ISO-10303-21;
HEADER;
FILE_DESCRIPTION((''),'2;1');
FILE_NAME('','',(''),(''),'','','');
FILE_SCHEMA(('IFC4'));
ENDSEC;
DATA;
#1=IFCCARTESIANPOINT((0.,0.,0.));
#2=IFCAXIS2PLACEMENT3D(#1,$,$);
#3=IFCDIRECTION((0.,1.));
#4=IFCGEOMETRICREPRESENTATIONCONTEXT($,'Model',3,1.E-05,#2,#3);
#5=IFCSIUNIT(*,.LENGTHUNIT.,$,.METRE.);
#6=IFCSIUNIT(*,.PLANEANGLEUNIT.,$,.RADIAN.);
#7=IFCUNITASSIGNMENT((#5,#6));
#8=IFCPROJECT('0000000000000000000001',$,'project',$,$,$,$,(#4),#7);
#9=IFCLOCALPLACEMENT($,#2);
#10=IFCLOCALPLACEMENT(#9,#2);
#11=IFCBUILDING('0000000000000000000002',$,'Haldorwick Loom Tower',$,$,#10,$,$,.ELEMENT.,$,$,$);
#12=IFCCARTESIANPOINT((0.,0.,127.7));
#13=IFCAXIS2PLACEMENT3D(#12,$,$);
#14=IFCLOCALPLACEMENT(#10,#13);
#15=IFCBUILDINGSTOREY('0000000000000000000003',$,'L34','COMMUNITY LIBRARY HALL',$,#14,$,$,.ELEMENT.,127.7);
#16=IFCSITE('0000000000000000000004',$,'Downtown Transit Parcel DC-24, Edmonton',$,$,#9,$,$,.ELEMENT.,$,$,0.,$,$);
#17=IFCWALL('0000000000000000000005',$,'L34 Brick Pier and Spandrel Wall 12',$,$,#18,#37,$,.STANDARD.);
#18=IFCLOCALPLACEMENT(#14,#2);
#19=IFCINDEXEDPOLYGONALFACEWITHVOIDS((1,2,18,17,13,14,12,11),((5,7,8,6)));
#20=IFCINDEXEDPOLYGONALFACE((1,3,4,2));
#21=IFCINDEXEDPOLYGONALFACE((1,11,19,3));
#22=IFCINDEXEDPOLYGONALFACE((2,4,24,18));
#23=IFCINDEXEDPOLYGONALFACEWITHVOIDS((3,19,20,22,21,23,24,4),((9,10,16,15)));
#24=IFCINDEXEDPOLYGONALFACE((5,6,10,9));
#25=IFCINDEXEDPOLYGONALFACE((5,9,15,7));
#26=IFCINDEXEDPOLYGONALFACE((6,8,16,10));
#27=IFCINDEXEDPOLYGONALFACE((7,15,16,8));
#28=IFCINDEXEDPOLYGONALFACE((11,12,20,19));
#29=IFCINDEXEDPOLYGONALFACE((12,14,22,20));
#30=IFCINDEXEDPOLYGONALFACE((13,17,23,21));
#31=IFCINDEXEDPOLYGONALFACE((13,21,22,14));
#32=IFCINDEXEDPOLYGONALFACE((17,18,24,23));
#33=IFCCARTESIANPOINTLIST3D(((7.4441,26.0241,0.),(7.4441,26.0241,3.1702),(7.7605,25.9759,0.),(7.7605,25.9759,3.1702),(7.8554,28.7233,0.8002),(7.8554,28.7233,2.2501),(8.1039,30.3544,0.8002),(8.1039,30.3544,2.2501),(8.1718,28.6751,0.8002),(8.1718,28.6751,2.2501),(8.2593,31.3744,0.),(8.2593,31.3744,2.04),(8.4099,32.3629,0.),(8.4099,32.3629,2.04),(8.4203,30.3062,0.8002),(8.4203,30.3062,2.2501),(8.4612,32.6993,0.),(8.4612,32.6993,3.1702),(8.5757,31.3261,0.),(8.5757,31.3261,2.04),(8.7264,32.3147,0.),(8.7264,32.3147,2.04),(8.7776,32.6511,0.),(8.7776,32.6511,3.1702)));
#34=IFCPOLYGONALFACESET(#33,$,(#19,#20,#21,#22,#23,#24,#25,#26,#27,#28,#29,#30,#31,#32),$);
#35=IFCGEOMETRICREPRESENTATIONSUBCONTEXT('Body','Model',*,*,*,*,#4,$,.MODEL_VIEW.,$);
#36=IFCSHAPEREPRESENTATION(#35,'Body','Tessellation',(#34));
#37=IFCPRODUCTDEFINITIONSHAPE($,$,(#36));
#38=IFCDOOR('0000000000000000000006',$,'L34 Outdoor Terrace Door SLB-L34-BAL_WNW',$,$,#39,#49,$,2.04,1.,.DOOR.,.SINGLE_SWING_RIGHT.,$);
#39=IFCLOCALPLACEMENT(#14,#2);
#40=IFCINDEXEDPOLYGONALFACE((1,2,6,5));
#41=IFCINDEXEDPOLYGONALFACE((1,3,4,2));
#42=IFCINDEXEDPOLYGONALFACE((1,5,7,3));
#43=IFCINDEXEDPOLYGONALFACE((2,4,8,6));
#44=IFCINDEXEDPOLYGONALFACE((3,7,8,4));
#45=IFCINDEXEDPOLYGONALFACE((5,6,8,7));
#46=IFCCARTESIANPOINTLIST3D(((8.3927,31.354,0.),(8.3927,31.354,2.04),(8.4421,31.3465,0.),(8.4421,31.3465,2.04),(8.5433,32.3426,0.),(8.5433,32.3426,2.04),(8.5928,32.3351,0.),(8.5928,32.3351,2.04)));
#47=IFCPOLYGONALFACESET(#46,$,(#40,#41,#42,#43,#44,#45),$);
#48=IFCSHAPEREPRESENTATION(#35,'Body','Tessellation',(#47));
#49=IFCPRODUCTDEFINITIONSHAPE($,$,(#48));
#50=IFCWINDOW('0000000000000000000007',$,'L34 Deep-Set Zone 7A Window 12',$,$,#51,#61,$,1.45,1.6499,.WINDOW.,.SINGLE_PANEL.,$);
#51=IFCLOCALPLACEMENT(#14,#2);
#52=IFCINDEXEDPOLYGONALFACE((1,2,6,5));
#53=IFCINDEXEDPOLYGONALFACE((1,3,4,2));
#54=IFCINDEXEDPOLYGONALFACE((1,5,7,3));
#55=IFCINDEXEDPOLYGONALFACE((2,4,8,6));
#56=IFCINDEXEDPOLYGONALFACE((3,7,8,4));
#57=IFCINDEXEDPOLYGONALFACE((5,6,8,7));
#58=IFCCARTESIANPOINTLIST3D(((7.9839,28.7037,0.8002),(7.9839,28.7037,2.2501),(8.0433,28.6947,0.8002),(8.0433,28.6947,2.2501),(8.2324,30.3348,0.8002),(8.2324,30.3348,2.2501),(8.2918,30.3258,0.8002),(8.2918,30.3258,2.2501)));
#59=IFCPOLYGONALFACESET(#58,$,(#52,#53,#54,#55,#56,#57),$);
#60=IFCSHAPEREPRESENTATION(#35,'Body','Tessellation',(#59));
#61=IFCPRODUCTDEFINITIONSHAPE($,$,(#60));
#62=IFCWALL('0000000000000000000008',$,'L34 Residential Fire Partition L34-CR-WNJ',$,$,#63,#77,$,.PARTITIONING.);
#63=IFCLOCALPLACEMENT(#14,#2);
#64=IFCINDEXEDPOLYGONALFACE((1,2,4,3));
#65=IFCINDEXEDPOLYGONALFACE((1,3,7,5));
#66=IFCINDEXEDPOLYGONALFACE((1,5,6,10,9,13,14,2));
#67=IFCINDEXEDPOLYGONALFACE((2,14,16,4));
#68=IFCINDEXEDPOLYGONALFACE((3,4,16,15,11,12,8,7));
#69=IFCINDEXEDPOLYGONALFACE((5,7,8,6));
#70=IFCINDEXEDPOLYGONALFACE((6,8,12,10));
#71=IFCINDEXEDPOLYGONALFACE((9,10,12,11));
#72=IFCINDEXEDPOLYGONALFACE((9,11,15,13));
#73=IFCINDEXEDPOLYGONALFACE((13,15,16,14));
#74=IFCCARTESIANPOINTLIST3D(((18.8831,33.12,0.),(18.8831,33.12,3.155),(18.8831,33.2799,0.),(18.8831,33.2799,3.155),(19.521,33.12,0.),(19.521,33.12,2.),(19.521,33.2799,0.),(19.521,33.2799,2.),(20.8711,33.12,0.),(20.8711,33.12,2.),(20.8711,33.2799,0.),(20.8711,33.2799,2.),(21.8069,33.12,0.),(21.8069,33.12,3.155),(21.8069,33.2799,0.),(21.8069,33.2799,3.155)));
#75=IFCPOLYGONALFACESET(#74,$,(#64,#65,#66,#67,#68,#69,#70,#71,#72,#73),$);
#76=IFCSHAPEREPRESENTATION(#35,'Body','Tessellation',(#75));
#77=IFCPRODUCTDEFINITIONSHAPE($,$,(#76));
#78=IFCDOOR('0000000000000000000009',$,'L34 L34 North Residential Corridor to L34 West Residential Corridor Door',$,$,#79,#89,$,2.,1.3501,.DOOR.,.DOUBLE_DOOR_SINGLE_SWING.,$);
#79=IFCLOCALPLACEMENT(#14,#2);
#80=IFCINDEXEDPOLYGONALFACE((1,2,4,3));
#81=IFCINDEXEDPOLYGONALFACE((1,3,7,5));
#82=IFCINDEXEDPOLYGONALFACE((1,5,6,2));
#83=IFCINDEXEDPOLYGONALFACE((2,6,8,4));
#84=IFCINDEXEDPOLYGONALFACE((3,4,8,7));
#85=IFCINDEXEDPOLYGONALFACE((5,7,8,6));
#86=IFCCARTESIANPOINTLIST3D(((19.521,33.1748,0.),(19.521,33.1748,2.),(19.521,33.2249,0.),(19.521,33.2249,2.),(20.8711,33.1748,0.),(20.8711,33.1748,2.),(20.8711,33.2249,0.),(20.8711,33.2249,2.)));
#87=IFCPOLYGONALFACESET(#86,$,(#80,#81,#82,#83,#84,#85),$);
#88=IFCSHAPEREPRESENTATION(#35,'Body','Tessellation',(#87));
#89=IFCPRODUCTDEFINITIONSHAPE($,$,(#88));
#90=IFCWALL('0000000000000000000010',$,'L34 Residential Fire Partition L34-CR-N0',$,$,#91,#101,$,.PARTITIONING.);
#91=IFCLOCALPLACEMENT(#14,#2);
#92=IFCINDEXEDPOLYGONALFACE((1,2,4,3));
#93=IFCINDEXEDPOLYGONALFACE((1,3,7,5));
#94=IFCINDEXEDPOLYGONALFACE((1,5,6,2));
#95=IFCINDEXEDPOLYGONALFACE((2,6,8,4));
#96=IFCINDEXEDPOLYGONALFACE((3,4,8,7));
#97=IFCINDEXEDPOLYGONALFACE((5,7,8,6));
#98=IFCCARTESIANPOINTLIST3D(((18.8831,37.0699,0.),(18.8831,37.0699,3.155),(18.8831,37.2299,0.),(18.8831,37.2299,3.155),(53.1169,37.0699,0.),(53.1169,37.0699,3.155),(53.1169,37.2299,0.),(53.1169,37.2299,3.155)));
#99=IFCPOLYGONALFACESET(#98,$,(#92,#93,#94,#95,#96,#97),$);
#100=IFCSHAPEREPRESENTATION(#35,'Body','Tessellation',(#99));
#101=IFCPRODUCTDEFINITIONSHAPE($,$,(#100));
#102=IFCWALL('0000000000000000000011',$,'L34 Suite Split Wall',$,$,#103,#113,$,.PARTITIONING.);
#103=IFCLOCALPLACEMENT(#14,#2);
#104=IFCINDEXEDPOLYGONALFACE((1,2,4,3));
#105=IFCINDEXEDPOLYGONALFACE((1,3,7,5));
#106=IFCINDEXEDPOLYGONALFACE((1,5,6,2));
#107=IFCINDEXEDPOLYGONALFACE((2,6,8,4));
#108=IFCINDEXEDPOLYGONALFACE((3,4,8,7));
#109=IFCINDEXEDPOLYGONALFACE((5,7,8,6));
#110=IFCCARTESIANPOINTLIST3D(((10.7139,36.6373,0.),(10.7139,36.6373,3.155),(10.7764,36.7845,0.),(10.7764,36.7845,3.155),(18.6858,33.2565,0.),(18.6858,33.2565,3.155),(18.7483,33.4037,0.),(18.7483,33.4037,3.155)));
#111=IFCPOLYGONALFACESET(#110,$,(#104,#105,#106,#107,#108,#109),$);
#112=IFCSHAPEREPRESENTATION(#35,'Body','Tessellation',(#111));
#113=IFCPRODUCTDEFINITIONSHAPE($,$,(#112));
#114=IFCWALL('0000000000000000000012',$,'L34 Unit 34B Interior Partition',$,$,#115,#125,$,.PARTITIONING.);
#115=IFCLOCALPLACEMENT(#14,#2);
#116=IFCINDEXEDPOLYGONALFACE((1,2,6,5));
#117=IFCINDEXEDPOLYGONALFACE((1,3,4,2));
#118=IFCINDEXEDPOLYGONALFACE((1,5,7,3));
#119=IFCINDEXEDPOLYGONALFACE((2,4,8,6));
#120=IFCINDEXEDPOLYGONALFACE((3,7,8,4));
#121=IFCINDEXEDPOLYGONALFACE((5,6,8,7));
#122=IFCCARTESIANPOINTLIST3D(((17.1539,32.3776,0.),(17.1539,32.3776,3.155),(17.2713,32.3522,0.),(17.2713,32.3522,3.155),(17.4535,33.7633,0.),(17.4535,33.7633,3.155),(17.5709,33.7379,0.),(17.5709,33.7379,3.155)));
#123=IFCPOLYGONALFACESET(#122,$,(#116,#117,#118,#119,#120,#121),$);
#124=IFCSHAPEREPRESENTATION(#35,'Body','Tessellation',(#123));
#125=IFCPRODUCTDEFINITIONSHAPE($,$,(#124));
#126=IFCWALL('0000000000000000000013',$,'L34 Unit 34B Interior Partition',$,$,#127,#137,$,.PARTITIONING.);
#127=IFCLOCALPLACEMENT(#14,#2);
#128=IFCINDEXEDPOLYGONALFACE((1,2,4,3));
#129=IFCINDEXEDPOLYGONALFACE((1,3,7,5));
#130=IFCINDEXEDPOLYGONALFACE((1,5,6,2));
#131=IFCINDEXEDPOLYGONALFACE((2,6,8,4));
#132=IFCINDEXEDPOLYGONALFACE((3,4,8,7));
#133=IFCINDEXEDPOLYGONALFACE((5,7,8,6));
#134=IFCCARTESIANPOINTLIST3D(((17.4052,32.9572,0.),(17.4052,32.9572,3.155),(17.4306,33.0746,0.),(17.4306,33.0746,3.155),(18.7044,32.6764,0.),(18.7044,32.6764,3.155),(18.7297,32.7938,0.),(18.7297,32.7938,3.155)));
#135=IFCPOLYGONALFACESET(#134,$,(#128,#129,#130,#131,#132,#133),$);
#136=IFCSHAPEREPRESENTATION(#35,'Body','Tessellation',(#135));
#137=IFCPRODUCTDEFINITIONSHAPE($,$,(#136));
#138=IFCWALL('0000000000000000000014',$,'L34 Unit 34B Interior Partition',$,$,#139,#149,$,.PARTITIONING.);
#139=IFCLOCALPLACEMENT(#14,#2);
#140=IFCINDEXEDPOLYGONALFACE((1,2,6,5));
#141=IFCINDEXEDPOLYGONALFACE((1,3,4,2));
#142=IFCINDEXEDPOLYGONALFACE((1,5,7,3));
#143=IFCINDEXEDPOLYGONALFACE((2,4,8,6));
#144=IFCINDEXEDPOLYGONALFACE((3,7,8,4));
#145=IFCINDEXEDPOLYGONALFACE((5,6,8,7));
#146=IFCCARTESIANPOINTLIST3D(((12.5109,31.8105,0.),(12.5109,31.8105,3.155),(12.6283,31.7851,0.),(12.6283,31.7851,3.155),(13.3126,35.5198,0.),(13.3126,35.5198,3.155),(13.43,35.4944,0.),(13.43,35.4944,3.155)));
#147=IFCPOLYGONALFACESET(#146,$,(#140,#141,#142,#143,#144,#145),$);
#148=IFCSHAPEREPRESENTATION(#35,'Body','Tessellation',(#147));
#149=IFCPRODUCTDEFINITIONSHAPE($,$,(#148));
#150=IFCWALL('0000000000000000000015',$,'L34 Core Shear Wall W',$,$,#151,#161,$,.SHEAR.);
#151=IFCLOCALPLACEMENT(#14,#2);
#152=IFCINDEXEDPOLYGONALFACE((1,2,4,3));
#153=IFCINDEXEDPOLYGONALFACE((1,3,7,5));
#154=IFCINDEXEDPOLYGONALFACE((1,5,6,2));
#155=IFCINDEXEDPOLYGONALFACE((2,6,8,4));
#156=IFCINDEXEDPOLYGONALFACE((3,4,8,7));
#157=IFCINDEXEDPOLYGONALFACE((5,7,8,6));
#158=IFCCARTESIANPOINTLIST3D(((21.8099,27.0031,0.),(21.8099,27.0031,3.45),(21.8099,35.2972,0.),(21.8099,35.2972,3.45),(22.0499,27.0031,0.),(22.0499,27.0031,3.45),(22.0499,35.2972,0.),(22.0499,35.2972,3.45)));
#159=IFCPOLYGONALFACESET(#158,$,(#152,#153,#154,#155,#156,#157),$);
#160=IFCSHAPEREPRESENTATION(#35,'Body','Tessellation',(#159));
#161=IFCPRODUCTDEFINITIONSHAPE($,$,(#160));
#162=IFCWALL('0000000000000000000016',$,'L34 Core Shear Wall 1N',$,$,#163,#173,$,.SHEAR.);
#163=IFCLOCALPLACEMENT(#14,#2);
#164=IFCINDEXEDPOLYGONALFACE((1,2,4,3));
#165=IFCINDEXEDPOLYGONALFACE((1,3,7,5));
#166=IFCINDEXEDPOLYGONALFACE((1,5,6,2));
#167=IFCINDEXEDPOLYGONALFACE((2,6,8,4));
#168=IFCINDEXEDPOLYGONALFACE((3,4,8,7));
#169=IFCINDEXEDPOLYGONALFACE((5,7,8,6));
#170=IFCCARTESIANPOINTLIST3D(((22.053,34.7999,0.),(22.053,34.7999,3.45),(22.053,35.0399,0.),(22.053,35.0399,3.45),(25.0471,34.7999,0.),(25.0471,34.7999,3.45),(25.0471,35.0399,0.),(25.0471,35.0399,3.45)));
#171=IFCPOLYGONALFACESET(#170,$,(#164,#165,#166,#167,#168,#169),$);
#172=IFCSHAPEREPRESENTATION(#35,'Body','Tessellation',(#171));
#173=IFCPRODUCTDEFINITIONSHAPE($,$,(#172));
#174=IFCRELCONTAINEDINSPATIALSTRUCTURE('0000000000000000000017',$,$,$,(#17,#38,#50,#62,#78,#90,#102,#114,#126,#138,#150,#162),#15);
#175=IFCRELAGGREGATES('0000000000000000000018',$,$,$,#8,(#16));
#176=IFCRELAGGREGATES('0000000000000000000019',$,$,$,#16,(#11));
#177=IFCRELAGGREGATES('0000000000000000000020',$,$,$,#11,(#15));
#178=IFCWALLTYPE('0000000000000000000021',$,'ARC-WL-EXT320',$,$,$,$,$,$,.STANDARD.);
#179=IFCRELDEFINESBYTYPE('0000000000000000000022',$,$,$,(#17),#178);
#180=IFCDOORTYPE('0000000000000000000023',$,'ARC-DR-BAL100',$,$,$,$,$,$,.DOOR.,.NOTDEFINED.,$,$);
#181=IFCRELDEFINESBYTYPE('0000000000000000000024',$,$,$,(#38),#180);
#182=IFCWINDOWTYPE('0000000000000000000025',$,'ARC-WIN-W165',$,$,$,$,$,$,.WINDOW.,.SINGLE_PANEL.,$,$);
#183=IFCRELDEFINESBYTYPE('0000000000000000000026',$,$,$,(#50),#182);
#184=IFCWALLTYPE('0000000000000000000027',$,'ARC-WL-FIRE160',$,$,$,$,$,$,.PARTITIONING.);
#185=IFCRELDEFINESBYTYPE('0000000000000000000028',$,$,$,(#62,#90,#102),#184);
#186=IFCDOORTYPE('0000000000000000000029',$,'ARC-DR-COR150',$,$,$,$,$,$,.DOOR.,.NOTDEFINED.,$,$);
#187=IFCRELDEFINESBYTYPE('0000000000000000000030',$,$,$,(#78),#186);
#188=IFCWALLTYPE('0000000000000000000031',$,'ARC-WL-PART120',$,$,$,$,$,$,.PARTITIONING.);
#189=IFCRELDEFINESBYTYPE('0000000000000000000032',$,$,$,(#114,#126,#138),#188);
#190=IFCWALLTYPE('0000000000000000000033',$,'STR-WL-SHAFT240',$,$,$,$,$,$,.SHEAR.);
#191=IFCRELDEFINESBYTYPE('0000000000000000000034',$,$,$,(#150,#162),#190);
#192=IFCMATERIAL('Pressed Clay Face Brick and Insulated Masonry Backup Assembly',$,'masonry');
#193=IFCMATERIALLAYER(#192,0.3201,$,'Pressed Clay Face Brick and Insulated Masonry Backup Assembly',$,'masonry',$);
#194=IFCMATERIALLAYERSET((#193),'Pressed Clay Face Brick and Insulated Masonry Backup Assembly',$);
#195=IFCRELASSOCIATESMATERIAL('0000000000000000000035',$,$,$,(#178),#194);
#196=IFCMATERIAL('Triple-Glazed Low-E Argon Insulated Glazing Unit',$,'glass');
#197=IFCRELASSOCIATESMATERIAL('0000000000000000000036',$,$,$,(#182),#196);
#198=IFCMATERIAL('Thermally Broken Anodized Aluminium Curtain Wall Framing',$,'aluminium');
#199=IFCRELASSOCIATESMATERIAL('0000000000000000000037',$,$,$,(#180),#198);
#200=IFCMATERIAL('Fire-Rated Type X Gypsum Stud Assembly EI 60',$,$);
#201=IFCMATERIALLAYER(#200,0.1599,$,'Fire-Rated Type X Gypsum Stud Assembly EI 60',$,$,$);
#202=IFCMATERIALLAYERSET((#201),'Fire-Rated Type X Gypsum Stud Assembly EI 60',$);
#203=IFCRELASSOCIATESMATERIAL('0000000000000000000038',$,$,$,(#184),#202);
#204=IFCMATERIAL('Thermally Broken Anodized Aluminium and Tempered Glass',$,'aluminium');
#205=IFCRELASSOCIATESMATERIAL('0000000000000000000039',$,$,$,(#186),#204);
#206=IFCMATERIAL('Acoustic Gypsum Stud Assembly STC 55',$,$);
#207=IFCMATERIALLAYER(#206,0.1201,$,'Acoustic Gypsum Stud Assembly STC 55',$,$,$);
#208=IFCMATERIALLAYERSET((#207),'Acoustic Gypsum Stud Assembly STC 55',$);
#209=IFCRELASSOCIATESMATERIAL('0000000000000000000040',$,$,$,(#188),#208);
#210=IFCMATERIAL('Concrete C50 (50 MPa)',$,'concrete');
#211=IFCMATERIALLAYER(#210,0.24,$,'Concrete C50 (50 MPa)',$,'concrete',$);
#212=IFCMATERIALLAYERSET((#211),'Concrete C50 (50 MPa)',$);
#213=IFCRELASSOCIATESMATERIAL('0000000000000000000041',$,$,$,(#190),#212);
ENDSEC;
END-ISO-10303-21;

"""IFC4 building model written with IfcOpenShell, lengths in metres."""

from ifc_helpers import new_model, si_unit, direction, frame, frame_2d, origin, place, context, subcontext, project, spatial, rectangle, extrude, material, layer, layer_set, type_object, element, fill, save


model = new_model("IFC4")

# Units and contexts
model_context = context("Model", 3, precision=1e-05, world=origin(), true_north=direction((0.0, 1.0)))
body_context = subcontext(model_context, "Body", "Model", "MODEL_VIEW")
ifc_project = project(units=[si_unit("LENGTHUNIT", "METRE"), si_unit("PLANEANGLEUNIT", "RADIAN")], contexts=[model_context])

# Site, building, storey
site_placement = place(None, origin())
site = spatial("IfcSite", under=ifc_project, at=site_placement, Name="Downtown Transit Parcel DC-24, Edmonton", CompositionType="ELEMENT", RefElevation=0.0)
building_placement = place(site_placement, origin())
building = spatial("IfcBuilding", under=site, at=building_placement, Name="Haldorwick Loom Tower", CompositionType="ELEMENT")
storey_placement = place(building_placement, frame((0.0, 0.0, 127.7)))
storey = spatial("IfcBuildingStorey", under=building, at=storey_placement, Name="L34", Description="COMMUNITY LIBRARY HALL", CompositionType="ELEMENT", Elevation=127.7)

# Shared definitions
ifc_material_1 = material(Name="Pressed Clay Face Brick and Insulated Masonry Backup Assembly", Category="masonry")
ifc_layer_1 = layer(ifc_material_1, 0.3201, Name="Pressed Clay Face Brick and Insulated Masonry Backup Assembly", Category="masonry")
ifc_layer_set_1 = layer_set([ifc_layer_1], Name="Pressed Clay Face Brick and Insulated Masonry Backup Assembly")
wall_type_1 = type_object("IfcWallType", Name="ARC-WL-EXT320", PredefinedType="STANDARD", material=ifc_layer_set_1)
ifc_material_2 = material(Name="Triple-Glazed Low-E Argon Insulated Glazing Unit", Category="glass")
window_type = type_object("IfcWindowType", Name="ARC-WIN-W165", PartitioningType="SINGLE_PANEL", PredefinedType="WINDOW", material=ifc_material_2)

# Wall, openings, door, window
wall_1_placement = place(storey_placement, frame((8.6194, 32.675, 0.0), z_axis=(0.0, 0.0, 1.0), x_axis=(-0.150633, -0.98859, 0.0)))
wall_1 = element("IfcWall", 1, at=wall_1_placement, inside=storey, type_object=wall_type_1, Name="L34 Brick Pier and Spandrel Wall 12", PredefinedType="STANDARD", context=body_context, shape_type="SweptSolid", body=[
    extrude(rectangle(XDim=6.7522, YDim=0.3201, at=frame_2d((3.376, 0.0))), origin(), (0.0, 0.0, 1.0), 3.1702),
])
opening_1_placement = place(wall_1_placement, frame((0.3401, 0.0, 0.0)))
opening_1 = element("IfcOpeningElement", 2, at=opening_1_placement, cuts=wall_1, PredefinedType="OPENING", context=body_context, shape_type="SweptSolid", body=[
    extrude(rectangle(XDim=1.0, YDim=2.04, at=frame_2d((0.5, 1.02))), frame((0.0, 0.1699, 0.0), z_axis=(0.0, -1.0, 0.0), x_axis=(1.0, 0.0, 0.0)), (0.0, 0.0, 1.0), 0.3401),
])
opening_2_placement = place(wall_1_placement, frame((2.3718, 0.0, 0.8)))
opening_2 = element("IfcOpeningElement", 3, at=opening_2_placement, cuts=wall_1, PredefinedType="OPENING", context=body_context, shape_type="SweptSolid", body=[
    extrude(rectangle(XDim=1.6499, YDim=1.45, at=frame_2d((0.825, 0.7251))), frame((0.0, 0.1699, 0.0), z_axis=(0.0, -1.0, 0.0), x_axis=(1.0, 0.0, 0.0)), (0.0, 0.0, 1.0), 0.3401),
])
ifc_material_3 = material(Name="Thermally Broken Anodized Aluminium Curtain Wall Framing", Category="aluminium")
door_type_1 = type_object("IfcDoorType", Name="ARC-DR-BAL100", OperationType="NOTDEFINED", PredefinedType="DOOR", material=ifc_material_3)
door_1_placement = place(opening_1_placement, origin())
door_1 = element("IfcDoor", 4, at=door_1_placement, inside=storey, type_object=door_type_1, Name="L34 Outdoor Terrace Door SLB-L34-BAL_WNW", OperationType="SINGLE_SWING_RIGHT", OverallHeight=2.04, OverallWidth=1.0, PredefinedType="DOOR", context=body_context, shape_type="SweptSolid", body=[
    extrude(rectangle(XDim=1.0, YDim=2.04, at=frame_2d((0.5, 1.02))), frame((0.0, 0.0249, 0.0), z_axis=(0.0, -1.0, 0.0), x_axis=(1.0, 0.0, 0.0)), (0.0, 0.0, 1.0), 0.05),
])
fill(opening_1, door_1)
window_1_placement = place(opening_2_placement, origin())
window_1 = element("IfcWindow", 5, at=window_1_placement, inside=storey, type_object=window_type, Name="L34 Deep-Set Zone 7A Window 12", OverallHeight=1.45, OverallWidth=1.6499, PartitioningType="SINGLE_PANEL", PredefinedType="WINDOW", context=body_context, shape_type="SweptSolid", body=[
    extrude(rectangle(XDim=1.6499, YDim=1.45, at=frame_2d((0.825, 0.7251))), frame((0.0, 0.03, 0.0), z_axis=(0.0, -1.0, 0.0), x_axis=(1.0, 0.0, 0.0)), (0.0, 0.0, 1.0), 0.0601),
])
fill(opening_2, window_1)

# Wall, opening, door
ifc_material_4 = material(Name="Fire-Rated Type X Gypsum Stud Assembly EI 60")
ifc_layer_2 = layer(ifc_material_4, 0.1599, Name="Fire-Rated Type X Gypsum Stud Assembly EI 60")
ifc_layer_set_2 = layer_set([ifc_layer_2], Name="Fire-Rated Type X Gypsum Stud Assembly EI 60")
wall_type_2 = type_object("IfcWallType", Name="ARC-WL-FIRE160", PredefinedType="PARTITIONING", material=ifc_layer_set_2)
wall_2_placement = place(storey_placement, frame((18.8831, 33.2, 0.0), z_axis=(0.0, 0.0, 1.0), x_axis=(1.0, 0.0, 0.0)))
wall_2 = element("IfcWall", 6, at=wall_2_placement, inside=storey, type_object=wall_type_2, Name="L34 Residential Fire Partition L34-CR-WNJ", PredefinedType="PARTITIONING", context=body_context, shape_type="SweptSolid", body=[
    extrude(rectangle(XDim=2.9238, YDim=0.1599, at=frame_2d((1.4619, 0.0))), origin(), (0.0, 0.0, 1.0), 3.155),
])
opening_3_placement = place(wall_2_placement, frame((0.6379, 0.0, 0.0)))
opening_3 = element("IfcOpeningElement", 7, at=opening_3_placement, cuts=wall_2, PredefinedType="OPENING", context=body_context, shape_type="SweptSolid", body=[
    extrude(rectangle(XDim=1.3501, YDim=2.0, at=frame_2d((0.675, 1.0))), frame((0.0, 0.0898, 0.0), z_axis=(0.0, -1.0, 0.0), x_axis=(1.0, 0.0, 0.0)), (0.0, 0.0, 1.0), 0.1799),
])
ifc_material_5 = material(Name="Thermally Broken Anodized Aluminium and Tempered Glass", Category="aluminium")
door_type_2 = type_object("IfcDoorType", Name="ARC-DR-COR150", OperationType="NOTDEFINED", PredefinedType="DOOR", material=ifc_material_5)
door_2_placement = place(opening_3_placement, origin())
door_2 = element("IfcDoor", 8, at=door_2_placement, inside=storey, type_object=door_type_2, Name="L34 L34 North Residential Corridor to L34 West Residential Corridor Door", OperationType="DOUBLE_DOOR_SINGLE_SWING", OverallHeight=2.0, OverallWidth=1.3501, PredefinedType="DOOR", context=body_context, shape_type="SweptSolid", body=[
    extrude(rectangle(XDim=1.3501, YDim=2.0, at=frame_2d((0.675, 1.0))), frame((0.0, 0.0249, 0.0), z_axis=(0.0, -1.0, 0.0), x_axis=(1.0, 0.0, 0.0)), (0.0, 0.0, 1.0), 0.05),
])
fill(opening_3, door_2)

# Walls
wall_3_placement = place(storey_placement, frame((18.8831, 37.1499, 0.0), z_axis=(0.0, 0.0, 1.0), x_axis=(1.0, 0.0, 0.0)))
element("IfcWall", 9, at=wall_3_placement, inside=storey, type_object=wall_type_2, Name="L34 Residential Fire Partition L34-CR-N0", PredefinedType="PARTITIONING", context=body_context, shape_type="SweptSolid", body=[
    extrude(rectangle(XDim=34.2339, YDim=0.1599, at=frame_2d((17.1169, 0.0))), origin(), (0.0, 0.0, 1.0), 3.155),
])
wall_4_placement = place(storey_placement, frame((18.717, 33.3301, 0.0), z_axis=(0.0, 0.0, 1.0), x_axis=(-0.92063, 0.390435, 0.0)))
element("IfcWall", 10, at=wall_4_placement, inside=storey, type_object=wall_type_2, Name="L34 Suite Split Wall", PredefinedType="PARTITIONING", context=body_context, shape_type="SweptSolid", body=[
    extrude(rectangle(XDim=8.6592, YDim=0.1599, at=frame_2d((4.3296, 0.0))), origin(), (0.0, 0.0, 1.0), 3.155),
])
ifc_material_6 = material(Name="Acoustic Gypsum Stud Assembly STC 55")
ifc_layer_3 = layer(ifc_material_6, 0.1201, Name="Acoustic Gypsum Stud Assembly STC 55")
ifc_layer_set_3 = layer_set([ifc_layer_3], Name="Acoustic Gypsum Stud Assembly STC 55")
wall_type_3 = type_object("IfcWallType", Name="ARC-WL-PART120", PredefinedType="PARTITIONING", material=ifc_layer_set_3)
wall_5_placement = place(storey_placement, frame((17.5122, 33.7507, 0.0), z_axis=(0.0, 0.0, 1.0), x_axis=(-0.211293, -0.977423, 0.0)))
element("IfcWall", 11, at=wall_5_placement, inside=storey, type_object=wall_type_3, Name="L34 Unit 34B Interior Partition", PredefinedType="PARTITIONING", context=body_context, shape_type="SweptSolid", body=[
    extrude(rectangle(XDim=1.4177, YDim=0.1201, at=frame_2d((0.709, 0.0))), origin(), (0.0, 0.0, 1.0), 3.155),
])
wall_6_placement = place(storey_placement, frame((18.717, 32.7351, 0.0), z_axis=(0.0, 0.0, 1.0), x_axis=(-0.977433, 0.211247, 0.0)))
element("IfcWall", 12, at=wall_6_placement, inside=storey, type_object=wall_type_3, Name="L34 Unit 34B Interior Partition", PredefinedType="PARTITIONING", context=body_context, shape_type="SweptSolid", body=[
    extrude(rectangle(XDim=1.3291, YDim=0.1201, at=frame_2d((0.6646, 0.0))), origin(), (0.0, 0.0, 1.0), 3.155),
])
wall_7_placement = place(storey_placement, frame((13.3713, 35.5071, 0.0), z_axis=(0.0, 0.0, 1.0), x_axis=(-0.211273, -0.977427, 0.0)))
element("IfcWall", 13, at=wall_7_placement, inside=storey, type_object=wall_type_3, Name="L34 Unit 34B Interior Partition", PredefinedType="PARTITIONING", context=body_context, shape_type="SweptSolid", body=[
    extrude(rectangle(XDim=3.7949, YDim=0.1201, at=frame_2d((1.8975, 0.0))), origin(), (0.0, 0.0, 1.0), 3.155),
])
ifc_material_7 = material(Name="Concrete C50 (50 MPa)", Category="concrete")
ifc_layer_4 = layer(ifc_material_7, 0.24, Name="Concrete C50 (50 MPa)", Category="concrete")
ifc_layer_set_4 = layer_set([ifc_layer_4], Name="Concrete C50 (50 MPa)")
wall_type_4 = type_object("IfcWallType", Name="STR-WL-SHAFT240", PredefinedType="SHEAR", material=ifc_layer_set_4)
wall_8_placement = place(storey_placement, frame((21.9299, 35.2971, 0.0), z_axis=(0.0, 0.0, 1.0), x_axis=(0.0, -1.0, 0.0)))
element("IfcWall", 14, at=wall_8_placement, inside=storey, type_object=wall_type_4, Name="L34 Core Shear Wall W", PredefinedType="SHEAR", context=body_context, shape_type="SweptSolid", body=[
    extrude(rectangle(XDim=8.2942, YDim=0.24, at=frame_2d((4.147, 0.0))), origin(), (0.0, 0.0, 1.0), 3.45),
])
wall_9_placement = place(storey_placement, frame((22.053, 34.9199, 0.0), z_axis=(0.0, 0.0, 1.0), x_axis=(1.0, 0.0, 0.0)))
element("IfcWall", 15, at=wall_9_placement, inside=storey, type_object=wall_type_4, Name="L34 Core Shear Wall 1N", PredefinedType="SHEAR", context=body_context, shape_type="SweptSolid", body=[
    extrude(rectangle(XDim=2.9941, YDim=0.24, at=frame_2d((1.4971, 0.0))), origin(), (0.0, 0.0, 1.0), 3.45),
])

save(model, "model.ifc")
